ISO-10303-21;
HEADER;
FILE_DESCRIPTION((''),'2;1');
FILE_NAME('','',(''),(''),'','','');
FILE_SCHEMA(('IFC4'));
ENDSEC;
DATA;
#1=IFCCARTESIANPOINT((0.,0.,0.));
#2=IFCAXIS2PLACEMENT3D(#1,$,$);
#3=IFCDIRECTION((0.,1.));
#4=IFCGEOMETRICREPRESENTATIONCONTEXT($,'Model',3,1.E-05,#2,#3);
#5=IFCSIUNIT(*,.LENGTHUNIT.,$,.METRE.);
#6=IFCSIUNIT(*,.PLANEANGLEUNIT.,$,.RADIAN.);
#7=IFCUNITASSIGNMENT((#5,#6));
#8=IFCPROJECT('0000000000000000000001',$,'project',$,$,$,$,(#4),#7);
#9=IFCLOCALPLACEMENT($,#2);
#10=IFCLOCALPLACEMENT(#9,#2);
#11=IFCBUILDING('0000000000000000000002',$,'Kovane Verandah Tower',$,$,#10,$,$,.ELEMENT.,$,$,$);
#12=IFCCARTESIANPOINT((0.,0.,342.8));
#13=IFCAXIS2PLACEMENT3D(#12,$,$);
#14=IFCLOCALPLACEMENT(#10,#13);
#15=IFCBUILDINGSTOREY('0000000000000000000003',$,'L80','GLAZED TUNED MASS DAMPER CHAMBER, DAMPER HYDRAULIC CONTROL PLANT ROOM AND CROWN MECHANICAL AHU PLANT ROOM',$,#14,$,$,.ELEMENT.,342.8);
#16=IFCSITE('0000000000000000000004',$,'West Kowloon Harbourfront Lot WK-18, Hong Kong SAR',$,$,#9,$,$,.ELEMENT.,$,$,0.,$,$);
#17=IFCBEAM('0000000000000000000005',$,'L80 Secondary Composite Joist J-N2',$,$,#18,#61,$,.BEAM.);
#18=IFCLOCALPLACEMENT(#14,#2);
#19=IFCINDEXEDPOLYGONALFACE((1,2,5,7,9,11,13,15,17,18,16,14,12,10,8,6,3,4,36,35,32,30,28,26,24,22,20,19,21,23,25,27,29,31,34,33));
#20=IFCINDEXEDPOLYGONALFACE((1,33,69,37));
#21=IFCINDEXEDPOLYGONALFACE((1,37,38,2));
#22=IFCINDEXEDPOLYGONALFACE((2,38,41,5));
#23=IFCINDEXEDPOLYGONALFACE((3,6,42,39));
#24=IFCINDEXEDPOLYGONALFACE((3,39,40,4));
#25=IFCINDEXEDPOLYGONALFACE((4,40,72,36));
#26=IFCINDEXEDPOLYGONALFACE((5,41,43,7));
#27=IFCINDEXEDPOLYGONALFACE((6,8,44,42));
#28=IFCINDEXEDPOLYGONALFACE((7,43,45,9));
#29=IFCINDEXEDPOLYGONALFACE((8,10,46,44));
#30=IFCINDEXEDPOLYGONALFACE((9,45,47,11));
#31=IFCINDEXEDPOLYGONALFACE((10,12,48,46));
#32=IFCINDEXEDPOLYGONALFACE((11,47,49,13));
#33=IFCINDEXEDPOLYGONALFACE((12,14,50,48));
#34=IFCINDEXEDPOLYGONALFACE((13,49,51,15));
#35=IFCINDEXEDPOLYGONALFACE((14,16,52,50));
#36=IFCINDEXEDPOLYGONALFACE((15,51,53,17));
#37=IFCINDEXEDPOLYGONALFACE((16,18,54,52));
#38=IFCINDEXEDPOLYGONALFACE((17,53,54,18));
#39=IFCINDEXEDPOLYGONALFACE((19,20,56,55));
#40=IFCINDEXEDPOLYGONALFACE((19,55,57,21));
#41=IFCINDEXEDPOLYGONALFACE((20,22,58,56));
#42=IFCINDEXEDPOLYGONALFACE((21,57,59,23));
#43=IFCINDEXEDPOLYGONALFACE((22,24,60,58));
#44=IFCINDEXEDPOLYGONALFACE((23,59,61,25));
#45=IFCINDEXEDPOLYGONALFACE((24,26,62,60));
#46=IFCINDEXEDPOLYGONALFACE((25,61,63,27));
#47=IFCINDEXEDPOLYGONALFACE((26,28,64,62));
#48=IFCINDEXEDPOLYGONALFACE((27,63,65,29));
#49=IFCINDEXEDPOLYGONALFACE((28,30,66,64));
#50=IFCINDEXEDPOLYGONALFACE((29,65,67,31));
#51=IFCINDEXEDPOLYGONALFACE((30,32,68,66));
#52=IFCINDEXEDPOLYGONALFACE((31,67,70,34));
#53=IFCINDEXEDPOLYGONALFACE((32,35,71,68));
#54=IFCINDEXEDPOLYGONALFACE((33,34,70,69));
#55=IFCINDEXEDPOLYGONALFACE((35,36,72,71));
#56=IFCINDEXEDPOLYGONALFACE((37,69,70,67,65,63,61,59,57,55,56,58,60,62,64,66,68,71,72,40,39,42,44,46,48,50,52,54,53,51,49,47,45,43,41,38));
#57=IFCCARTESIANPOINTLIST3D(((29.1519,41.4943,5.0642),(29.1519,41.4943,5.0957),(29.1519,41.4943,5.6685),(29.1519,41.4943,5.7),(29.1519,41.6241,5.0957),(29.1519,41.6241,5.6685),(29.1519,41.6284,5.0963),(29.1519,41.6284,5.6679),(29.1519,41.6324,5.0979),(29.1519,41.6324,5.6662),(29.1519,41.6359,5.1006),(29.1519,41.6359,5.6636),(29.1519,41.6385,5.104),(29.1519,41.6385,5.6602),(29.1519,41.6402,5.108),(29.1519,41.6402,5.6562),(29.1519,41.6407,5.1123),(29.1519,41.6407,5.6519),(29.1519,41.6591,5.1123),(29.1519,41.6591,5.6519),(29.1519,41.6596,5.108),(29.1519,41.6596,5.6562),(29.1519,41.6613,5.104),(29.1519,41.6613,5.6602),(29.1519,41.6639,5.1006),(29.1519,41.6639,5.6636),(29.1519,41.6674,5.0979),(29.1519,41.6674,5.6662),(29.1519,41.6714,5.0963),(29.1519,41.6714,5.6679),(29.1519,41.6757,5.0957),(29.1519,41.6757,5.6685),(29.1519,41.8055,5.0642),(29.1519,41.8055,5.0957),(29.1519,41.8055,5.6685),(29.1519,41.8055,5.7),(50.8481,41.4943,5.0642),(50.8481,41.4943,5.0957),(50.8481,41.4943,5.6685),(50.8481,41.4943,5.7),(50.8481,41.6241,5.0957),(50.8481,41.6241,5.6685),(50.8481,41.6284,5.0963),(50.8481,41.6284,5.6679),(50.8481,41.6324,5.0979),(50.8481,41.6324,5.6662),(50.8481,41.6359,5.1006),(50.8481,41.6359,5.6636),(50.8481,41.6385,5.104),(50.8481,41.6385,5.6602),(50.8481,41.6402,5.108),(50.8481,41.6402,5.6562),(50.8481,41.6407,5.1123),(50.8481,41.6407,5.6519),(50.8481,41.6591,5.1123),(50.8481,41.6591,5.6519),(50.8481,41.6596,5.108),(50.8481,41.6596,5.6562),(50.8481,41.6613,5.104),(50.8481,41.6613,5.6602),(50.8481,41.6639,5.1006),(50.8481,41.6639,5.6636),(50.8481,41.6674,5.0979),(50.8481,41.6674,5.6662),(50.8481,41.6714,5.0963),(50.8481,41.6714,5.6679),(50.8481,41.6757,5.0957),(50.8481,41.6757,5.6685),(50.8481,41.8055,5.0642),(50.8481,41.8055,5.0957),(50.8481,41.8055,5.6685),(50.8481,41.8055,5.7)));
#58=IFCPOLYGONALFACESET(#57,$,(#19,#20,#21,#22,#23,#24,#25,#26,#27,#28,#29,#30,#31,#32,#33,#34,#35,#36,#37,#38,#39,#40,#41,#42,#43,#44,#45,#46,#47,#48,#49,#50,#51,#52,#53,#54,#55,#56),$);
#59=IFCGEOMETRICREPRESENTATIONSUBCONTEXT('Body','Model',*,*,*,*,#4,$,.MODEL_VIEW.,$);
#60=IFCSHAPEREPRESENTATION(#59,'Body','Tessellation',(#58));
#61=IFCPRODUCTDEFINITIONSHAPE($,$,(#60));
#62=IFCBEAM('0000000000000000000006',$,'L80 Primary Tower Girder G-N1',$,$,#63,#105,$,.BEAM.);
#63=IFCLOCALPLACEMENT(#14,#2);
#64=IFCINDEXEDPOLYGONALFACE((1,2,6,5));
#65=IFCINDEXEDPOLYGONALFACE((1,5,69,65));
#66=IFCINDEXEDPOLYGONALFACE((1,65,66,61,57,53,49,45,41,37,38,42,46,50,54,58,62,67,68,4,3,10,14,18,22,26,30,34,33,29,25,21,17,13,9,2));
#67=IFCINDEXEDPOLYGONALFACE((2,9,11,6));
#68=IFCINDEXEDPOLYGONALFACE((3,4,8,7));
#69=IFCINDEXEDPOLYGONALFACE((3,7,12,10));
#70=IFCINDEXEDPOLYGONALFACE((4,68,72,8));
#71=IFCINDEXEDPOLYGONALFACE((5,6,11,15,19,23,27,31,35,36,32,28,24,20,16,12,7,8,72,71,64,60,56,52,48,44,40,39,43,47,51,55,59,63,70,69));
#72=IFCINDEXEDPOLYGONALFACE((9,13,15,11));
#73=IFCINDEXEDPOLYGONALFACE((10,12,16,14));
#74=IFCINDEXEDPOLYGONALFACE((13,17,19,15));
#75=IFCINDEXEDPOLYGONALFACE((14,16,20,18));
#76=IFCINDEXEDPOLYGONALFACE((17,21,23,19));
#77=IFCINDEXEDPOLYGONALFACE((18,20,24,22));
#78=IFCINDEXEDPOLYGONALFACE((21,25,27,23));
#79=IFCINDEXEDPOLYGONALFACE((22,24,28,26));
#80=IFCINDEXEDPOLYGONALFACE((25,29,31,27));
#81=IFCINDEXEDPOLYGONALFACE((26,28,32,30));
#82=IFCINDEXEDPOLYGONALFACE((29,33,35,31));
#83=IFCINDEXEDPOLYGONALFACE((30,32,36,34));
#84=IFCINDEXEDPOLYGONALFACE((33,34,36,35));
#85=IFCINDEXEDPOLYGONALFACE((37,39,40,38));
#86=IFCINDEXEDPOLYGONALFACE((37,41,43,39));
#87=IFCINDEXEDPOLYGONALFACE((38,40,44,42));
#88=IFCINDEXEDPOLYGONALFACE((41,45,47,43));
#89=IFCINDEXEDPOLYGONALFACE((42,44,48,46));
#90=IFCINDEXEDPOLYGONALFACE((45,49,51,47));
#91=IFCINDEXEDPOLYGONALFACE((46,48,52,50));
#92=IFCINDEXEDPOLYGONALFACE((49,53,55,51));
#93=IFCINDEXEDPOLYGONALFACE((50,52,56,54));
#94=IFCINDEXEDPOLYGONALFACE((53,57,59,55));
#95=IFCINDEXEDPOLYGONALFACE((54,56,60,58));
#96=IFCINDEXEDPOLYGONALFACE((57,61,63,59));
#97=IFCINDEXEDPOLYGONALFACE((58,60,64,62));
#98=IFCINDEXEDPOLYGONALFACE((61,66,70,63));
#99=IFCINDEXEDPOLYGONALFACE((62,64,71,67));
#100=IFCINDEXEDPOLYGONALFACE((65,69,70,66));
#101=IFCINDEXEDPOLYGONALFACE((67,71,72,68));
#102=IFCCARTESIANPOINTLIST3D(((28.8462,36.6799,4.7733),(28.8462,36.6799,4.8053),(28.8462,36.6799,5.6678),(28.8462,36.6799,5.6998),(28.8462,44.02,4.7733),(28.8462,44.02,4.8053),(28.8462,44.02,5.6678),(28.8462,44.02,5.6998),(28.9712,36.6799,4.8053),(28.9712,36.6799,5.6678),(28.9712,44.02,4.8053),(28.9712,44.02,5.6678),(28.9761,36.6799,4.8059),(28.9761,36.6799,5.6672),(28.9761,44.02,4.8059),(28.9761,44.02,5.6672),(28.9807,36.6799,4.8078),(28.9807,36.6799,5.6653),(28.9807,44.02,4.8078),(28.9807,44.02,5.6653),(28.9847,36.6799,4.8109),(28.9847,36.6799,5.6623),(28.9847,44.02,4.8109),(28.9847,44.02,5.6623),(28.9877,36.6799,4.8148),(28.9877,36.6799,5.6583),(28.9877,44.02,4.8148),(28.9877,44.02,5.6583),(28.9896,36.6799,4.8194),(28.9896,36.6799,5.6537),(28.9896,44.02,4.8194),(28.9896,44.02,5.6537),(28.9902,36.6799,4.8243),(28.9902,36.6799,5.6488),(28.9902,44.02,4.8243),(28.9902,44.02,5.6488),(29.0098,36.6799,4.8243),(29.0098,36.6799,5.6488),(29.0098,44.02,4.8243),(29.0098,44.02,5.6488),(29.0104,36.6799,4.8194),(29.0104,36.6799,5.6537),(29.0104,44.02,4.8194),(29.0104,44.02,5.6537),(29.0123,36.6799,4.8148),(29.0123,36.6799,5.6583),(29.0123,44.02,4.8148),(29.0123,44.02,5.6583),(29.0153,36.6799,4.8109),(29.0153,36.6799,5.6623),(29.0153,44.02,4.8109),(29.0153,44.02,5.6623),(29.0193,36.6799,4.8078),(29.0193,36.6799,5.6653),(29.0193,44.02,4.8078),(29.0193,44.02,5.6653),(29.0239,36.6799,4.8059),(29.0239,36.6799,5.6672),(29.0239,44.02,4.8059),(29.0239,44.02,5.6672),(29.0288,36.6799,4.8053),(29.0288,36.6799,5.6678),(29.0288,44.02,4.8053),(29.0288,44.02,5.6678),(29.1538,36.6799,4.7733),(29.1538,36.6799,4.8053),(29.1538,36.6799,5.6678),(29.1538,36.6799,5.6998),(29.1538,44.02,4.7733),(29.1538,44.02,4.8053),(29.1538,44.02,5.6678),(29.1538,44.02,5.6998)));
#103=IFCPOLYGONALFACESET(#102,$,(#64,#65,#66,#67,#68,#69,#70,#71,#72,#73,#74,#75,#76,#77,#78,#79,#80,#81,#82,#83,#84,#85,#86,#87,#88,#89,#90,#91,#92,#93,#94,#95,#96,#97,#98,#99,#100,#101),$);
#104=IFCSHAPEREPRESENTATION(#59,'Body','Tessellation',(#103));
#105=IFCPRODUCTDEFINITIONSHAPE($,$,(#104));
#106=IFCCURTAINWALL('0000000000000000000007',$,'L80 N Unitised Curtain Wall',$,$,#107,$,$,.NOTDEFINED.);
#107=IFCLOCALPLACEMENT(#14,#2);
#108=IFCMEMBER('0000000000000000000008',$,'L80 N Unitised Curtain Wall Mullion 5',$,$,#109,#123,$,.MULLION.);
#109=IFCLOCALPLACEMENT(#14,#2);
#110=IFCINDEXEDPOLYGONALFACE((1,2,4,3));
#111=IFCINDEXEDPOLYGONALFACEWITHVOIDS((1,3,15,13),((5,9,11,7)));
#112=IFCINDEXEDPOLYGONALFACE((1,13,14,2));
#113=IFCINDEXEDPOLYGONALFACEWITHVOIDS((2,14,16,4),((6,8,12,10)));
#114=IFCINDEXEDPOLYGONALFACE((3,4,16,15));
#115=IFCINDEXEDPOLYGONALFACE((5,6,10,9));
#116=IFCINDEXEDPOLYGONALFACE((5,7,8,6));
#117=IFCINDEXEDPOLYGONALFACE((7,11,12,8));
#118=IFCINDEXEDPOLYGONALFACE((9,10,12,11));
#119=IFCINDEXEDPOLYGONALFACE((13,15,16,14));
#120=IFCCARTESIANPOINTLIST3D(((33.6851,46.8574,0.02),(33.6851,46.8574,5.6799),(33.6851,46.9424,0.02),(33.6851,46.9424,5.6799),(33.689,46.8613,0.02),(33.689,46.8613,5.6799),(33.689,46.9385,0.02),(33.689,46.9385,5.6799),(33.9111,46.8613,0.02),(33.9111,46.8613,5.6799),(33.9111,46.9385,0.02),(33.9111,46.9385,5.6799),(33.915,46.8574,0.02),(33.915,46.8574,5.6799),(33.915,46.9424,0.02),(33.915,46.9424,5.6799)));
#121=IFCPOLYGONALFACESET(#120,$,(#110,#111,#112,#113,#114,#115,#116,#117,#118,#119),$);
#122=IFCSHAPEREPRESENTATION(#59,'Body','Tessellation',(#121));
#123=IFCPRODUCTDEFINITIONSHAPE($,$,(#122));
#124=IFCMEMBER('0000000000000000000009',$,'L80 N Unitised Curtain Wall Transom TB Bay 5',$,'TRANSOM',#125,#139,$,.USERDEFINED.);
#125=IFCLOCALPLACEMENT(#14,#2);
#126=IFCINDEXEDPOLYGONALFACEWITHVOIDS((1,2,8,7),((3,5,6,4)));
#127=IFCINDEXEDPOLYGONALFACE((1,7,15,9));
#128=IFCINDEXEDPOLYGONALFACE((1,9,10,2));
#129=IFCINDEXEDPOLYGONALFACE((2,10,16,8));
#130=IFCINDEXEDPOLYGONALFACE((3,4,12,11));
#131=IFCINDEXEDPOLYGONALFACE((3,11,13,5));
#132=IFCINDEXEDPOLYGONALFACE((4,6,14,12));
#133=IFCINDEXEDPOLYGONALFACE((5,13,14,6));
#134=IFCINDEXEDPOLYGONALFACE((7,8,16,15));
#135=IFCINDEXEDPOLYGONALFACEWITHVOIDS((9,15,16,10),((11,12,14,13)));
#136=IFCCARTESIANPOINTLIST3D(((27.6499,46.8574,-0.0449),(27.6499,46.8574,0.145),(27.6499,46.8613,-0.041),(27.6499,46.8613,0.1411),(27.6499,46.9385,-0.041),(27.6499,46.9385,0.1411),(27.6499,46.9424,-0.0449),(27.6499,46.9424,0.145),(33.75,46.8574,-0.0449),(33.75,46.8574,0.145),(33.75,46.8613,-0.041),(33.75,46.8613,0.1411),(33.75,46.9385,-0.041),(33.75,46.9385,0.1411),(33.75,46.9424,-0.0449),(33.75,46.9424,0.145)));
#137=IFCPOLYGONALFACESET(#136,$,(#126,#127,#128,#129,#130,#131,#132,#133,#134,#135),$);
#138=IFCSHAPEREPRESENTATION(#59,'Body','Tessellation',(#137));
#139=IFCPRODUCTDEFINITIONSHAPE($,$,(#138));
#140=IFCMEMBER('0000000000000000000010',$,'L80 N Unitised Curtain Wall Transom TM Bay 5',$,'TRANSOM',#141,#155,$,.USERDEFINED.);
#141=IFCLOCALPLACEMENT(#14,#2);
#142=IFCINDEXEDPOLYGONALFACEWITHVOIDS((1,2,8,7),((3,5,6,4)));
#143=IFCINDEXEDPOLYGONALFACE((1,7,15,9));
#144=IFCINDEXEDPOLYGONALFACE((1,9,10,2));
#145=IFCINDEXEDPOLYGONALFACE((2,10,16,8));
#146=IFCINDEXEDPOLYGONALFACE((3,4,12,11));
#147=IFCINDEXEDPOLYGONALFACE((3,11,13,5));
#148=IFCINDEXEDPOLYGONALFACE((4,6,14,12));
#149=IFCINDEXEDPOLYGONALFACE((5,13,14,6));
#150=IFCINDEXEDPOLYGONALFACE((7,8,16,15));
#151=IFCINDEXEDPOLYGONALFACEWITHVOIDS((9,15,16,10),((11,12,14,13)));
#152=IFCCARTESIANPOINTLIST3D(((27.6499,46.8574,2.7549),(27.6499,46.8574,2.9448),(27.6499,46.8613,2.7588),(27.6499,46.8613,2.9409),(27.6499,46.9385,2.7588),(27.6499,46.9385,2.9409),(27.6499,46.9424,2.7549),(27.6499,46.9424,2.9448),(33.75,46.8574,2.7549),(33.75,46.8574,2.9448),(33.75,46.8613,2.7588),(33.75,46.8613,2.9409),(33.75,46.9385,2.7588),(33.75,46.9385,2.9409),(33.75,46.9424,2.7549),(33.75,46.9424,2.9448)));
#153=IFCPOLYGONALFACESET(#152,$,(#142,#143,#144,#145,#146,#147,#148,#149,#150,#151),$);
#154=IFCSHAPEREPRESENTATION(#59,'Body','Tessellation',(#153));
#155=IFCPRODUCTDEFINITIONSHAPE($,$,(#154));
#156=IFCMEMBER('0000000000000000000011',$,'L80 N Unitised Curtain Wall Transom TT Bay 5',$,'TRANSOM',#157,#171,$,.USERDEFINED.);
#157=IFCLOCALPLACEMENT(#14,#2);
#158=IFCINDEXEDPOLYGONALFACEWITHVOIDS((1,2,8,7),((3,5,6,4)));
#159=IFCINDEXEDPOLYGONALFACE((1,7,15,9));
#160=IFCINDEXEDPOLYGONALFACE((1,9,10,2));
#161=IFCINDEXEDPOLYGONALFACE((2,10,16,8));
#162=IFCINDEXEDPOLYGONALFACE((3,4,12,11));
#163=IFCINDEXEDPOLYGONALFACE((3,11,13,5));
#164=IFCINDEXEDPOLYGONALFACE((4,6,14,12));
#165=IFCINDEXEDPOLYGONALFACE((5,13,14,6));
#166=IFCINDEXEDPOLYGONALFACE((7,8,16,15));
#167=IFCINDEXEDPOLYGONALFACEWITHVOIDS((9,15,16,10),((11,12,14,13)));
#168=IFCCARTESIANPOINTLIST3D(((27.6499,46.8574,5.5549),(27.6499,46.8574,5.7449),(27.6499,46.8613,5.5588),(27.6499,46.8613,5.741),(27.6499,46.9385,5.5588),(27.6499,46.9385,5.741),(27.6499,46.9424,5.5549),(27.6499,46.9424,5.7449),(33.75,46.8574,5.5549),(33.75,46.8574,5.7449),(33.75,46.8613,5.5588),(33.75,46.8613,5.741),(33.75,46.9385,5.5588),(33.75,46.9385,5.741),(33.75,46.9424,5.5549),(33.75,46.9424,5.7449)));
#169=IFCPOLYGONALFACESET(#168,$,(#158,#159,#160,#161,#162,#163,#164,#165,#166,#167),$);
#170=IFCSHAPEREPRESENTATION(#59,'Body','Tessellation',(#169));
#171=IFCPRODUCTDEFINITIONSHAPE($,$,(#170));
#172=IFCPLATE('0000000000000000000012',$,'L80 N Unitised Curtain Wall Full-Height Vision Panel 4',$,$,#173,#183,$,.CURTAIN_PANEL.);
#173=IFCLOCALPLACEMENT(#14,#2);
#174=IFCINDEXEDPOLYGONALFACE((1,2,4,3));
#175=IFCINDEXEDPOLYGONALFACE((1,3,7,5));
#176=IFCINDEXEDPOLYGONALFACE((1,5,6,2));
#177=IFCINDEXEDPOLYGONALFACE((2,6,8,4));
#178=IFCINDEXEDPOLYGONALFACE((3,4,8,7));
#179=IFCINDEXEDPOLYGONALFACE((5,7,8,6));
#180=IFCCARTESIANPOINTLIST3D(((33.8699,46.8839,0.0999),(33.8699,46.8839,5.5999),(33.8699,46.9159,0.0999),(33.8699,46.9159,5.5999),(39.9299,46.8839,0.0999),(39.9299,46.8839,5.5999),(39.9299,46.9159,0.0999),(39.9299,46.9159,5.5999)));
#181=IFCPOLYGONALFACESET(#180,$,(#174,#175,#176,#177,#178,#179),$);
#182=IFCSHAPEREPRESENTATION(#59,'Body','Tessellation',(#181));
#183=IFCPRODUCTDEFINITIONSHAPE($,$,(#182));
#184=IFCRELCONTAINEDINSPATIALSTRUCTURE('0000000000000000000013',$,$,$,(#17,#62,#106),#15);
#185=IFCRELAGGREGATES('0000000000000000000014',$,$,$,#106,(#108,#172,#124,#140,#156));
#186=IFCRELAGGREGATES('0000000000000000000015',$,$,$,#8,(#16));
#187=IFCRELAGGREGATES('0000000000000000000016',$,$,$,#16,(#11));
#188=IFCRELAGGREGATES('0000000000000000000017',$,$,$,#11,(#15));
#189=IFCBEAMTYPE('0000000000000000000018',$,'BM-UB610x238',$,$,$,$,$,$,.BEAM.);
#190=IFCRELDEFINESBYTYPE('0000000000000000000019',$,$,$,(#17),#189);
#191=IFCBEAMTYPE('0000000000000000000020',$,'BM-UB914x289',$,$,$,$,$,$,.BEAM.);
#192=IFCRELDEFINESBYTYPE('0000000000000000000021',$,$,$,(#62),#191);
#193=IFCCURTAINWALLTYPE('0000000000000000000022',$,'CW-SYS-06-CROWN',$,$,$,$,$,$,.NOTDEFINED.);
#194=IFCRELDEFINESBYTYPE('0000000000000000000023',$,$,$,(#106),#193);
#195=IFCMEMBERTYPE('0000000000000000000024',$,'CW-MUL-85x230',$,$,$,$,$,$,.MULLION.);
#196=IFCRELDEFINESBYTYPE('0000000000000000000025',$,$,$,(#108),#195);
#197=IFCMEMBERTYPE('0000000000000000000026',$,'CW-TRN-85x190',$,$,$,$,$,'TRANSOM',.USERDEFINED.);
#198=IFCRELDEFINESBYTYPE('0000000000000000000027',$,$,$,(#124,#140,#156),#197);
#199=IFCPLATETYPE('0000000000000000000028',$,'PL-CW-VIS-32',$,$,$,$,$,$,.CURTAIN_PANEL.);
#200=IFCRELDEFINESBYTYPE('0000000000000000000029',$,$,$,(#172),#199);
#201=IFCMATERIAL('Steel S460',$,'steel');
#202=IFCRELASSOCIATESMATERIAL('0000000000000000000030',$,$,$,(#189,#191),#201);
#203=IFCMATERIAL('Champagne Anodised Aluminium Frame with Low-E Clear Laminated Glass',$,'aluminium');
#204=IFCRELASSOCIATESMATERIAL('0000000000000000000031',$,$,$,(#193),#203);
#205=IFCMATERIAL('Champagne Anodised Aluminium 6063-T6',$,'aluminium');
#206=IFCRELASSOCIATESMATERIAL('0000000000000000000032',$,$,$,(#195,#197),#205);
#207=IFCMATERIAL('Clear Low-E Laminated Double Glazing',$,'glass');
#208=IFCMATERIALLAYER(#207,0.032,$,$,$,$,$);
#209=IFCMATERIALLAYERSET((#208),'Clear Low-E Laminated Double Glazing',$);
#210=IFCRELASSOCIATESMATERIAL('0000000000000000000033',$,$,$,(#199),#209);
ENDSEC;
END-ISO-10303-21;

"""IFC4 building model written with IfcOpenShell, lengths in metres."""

from ifc_helpers import new_model, si_unit, direction, frame, origin, origin_2d, place, context, subcontext, project, spatial, rectangle, hollow_rectangle, i_section, extrude, material, layer, layer_set, material_profile, profile_set, type_object, element, aggregate, save


model = new_model("IFC4")

# Units and contexts
model_context = context("Model", 3, precision=1e-05, world=origin(), true_north=direction((0.0, 1.0)))
body_context = subcontext(model_context, "Body", "Model", "MODEL_VIEW")
ifc_project = project(units=[si_unit("LENGTHUNIT", "METRE"), si_unit("PLANEANGLEUNIT", "RADIAN")], contexts=[model_context])

# Site, building, storey
site_placement = place(None, origin())
site = spatial("IfcSite", under=ifc_project, at=site_placement, Name="West Kowloon Harbourfront Lot WK-18, Hong Kong SAR", CompositionType="ELEMENT", RefElevation=0.0)
building_placement = place(site_placement, origin())
building = spatial("IfcBuilding", under=site, at=building_placement, Name="Kovane Verandah Tower", CompositionType="ELEMENT")
storey_placement = place(building_placement, frame((0.0, 0.0, 342.8)))
storey = spatial("IfcBuildingStorey", under=building, at=storey_placement, Name="L80", Description="GLAZED TUNED MASS DAMPER CHAMBER, DAMPER HYDRAULIC CONTROL PLANT ROOM AND CROWN MECHANICAL AHU PLANT ROOM", CompositionType="ELEMENT", Elevation=342.8)

# Shared definitions
ifc_material_1 = material(Name="Steel S460", Category="steel")

# Beams
ifc_material_profile_1 = material_profile(ifc_material_1, i_section(OverallWidth=0.3113, OverallDepth=0.6357, WebThickness=0.0183, FlangeThickness=0.0315, FilletRadius=0.0166, at=origin_2d()), Name="UB610x305x238")
ifc_profile_set_1 = profile_set([ifc_material_profile_1], Name="Steel S460")
beam_type_1 = type_object("IfcBeamType", Name="BM-UB610x238", PredefinedType="BEAM", material=ifc_profile_set_1)
for number, where, z_axis, x_axis, name in (
    (1, (29.1519, 41.6499, 5.3821), (1.0, 0.0, 0.0), (0.0, 1.0, 0.0), "L80 Secondary Composite Joist J-N2"),
):
    element("IfcBeam", number, at=place(storey_placement, frame(where, z_axis=z_axis, x_axis=x_axis)), inside=storey, type_object=beam_type_1, Name=name, PredefinedType="BEAM", context=body_context, shape_type="SweptSolid", body=[
        extrude(i_section(OverallWidth=0.3113, OverallDepth=0.6357, WebThickness=0.0183, FlangeThickness=0.0315, FilletRadius=0.0166, at=origin_2d()), origin(), (0.0, 0.0, 1.0), 21.6963),
    ])
ifc_material_profile_2 = material_profile(ifc_material_1, i_section(OverallWidth=0.3076, OverallDepth=0.9265, WebThickness=0.0195, FlangeThickness=0.032, FilletRadius=0.019, at=origin_2d()), Name="UB914x305x289")
ifc_profile_set_2 = profile_set([ifc_material_profile_2], Name="Steel S460")
beam_type_2 = type_object("IfcBeamType", Name="BM-UB914x289", PredefinedType="BEAM", material=ifc_profile_set_2)
beam_1_placement = place(storey_placement, frame((29.0, 36.6799, 5.2366), z_axis=(0.0, 1.0, 0.0), x_axis=(-1.0, 0.0, 0.0)))
element("IfcBeam", 2, at=beam_1_placement, inside=storey, type_object=beam_type_2, Name="L80 Primary Tower Girder G-N1", PredefinedType="BEAM", context=body_context, shape_type="SweptSolid", body=[
    extrude(i_section(OverallWidth=0.3076, OverallDepth=0.9265, WebThickness=0.0195, FlangeThickness=0.032, FilletRadius=0.019, at=origin_2d()), origin(), (0.0, 0.0, 1.0), 7.3401),
])

# Curtain wall, members, plate
ifc_material_2 = material(Name="Champagne Anodised Aluminium Frame with Low-E Clear Laminated Glass", Category="aluminium")
curtain_wall_type = type_object("IfcCurtainWallType", Name="CW-SYS-06-CROWN", PredefinedType="NOTDEFINED", material=ifc_material_2)
curtain_wall_placement = place(storey_placement, origin())
curtain_wall = element("IfcCurtainWall", 3, at=curtain_wall_placement, inside=storey, type_object=curtain_wall_type, Name="L80 N Unitised Curtain Wall", PredefinedType="NOTDEFINED")
ifc_material_3 = material(Name="Champagne Anodised Aluminium 6063-T6", Category="aluminium")
ifc_material_profile_3 = material_profile(ifc_material_3, hollow_rectangle(XDim=0.085, YDim=0.23, WallThickness=0.0039, at=origin_2d()), Name="AL85x230x4")
ifc_profile_set_3 = profile_set([ifc_material_profile_3], Name="Champagne Anodised Aluminium 6063-T6")
member_type_1 = type_object("IfcMemberType", Name="CW-MUL-85x230", PredefinedType="MULLION", material=ifc_profile_set_3)
member_1_placement = place(storey_placement, frame((33.8, 46.8999, 0.02), z_axis=(0.0, 0.0, 1.0), x_axis=(0.0, 1.0, 0.0)))
member_1 = element("IfcMember", 4, at=member_1_placement, type_object=member_type_1, Name="L80 N Unitised Curtain Wall Mullion 5", PredefinedType="MULLION", context=body_context, shape_type="SweptSolid", body=[
    extrude(hollow_rectangle(XDim=0.085, YDim=0.23, WallThickness=0.0039, at=origin_2d()), origin(), (0.0, 0.0, 1.0), 5.6599),
])
ifc_material_profile_4 = material_profile(ifc_material_3, hollow_rectangle(XDim=0.085, YDim=0.1899, WallThickness=0.0039, at=origin_2d()), Name="AL85x190x4")
ifc_profile_set_4 = profile_set([ifc_material_profile_4], Name="Champagne Anodised Aluminium 6063-T6")
member_type_2 = type_object("IfcMemberType", Name="CW-TRN-85x190", ElementType="TRANSOM", PredefinedType="USERDEFINED", material=ifc_profile_set_4)
member_2_placement = place(storey_placement, frame((33.75, 46.8999, 0.05), z_axis=(-1.0, 0.0, 0.0), x_axis=(0.0, -1.0, 0.0)))
member_2 = element("IfcMember", 5, at=member_2_placement, type_object=member_type_2, Name="L80 N Unitised Curtain Wall Transom TB Bay 5", ObjectType="TRANSOM", PredefinedType="USERDEFINED", context=body_context, shape_type="SweptSolid", body=[
    extrude(hollow_rectangle(XDim=0.085, YDim=0.1899, WallThickness=0.0039, at=origin_2d()), origin(), (0.0, 0.0, 1.0), 6.1001),
])
member_3_placement = place(storey_placement, frame((33.75, 46.8999, 2.8499), z_axis=(-1.0, 0.0, 0.0), x_axis=(0.0, -1.0, 0.0)))
member_3 = element("IfcMember", 6, at=member_3_placement, type_object=member_type_2, Name="L80 N Unitised Curtain Wall Transom TM Bay 5", ObjectType="TRANSOM", PredefinedType="USERDEFINED", context=body_context, shape_type="SweptSolid", body=[
    extrude(hollow_rectangle(XDim=0.085, YDim=0.1899, WallThickness=0.0039, at=origin_2d()), origin(), (0.0, 0.0, 1.0), 6.1001),
])
member_4_placement = place(storey_placement, frame((33.75, 46.8999, 5.6499), z_axis=(-1.0, 0.0, 0.0), x_axis=(0.0, -1.0, 0.0)))
member_4 = element("IfcMember", 7, at=member_4_placement, type_object=member_type_2, Name="L80 N Unitised Curtain Wall Transom TT Bay 5", ObjectType="TRANSOM", PredefinedType="USERDEFINED", context=body_context, shape_type="SweptSolid", body=[
    extrude(hollow_rectangle(XDim=0.085, YDim=0.1899, WallThickness=0.0039, at=origin_2d()), origin(), (0.0, 0.0, 1.0), 6.1001),
])
ifc_material_4 = material(Name="Clear Low-E Laminated Double Glazing", Category="glass")
ifc_layer_1 = layer(ifc_material_4, 0.032)
ifc_layer_set_1 = layer_set([ifc_layer_1], Name="Clear Low-E Laminated Double Glazing")
plate_type = type_object("IfcPlateType", Name="PL-CW-VIS-32", PredefinedType="CURTAIN_PANEL", material=ifc_layer_set_1)
plate_1_placement = place(storey_placement, frame((36.8999, 46.8999, 0.0999), z_axis=(0.0, 0.0, 1.0), x_axis=(-1.0, 0.0, 0.0)))
plate_1 = element("IfcPlate", 8, at=plate_1_placement, type_object=plate_type, Name="L80 N Unitised Curtain Wall Full-Height Vision Panel 4", PredefinedType="CURTAIN_PANEL", context=body_context, shape_type="SweptSolid", body=[
    extrude(rectangle(XDim=6.0601, YDim=0.032, at=origin_2d()), origin(), (0.0, 0.0, 1.0), 5.5),
])
aggregate(curtain_wall, [member_1, plate_1, member_2, member_3, member_4])

save(model, "model.ifc")
